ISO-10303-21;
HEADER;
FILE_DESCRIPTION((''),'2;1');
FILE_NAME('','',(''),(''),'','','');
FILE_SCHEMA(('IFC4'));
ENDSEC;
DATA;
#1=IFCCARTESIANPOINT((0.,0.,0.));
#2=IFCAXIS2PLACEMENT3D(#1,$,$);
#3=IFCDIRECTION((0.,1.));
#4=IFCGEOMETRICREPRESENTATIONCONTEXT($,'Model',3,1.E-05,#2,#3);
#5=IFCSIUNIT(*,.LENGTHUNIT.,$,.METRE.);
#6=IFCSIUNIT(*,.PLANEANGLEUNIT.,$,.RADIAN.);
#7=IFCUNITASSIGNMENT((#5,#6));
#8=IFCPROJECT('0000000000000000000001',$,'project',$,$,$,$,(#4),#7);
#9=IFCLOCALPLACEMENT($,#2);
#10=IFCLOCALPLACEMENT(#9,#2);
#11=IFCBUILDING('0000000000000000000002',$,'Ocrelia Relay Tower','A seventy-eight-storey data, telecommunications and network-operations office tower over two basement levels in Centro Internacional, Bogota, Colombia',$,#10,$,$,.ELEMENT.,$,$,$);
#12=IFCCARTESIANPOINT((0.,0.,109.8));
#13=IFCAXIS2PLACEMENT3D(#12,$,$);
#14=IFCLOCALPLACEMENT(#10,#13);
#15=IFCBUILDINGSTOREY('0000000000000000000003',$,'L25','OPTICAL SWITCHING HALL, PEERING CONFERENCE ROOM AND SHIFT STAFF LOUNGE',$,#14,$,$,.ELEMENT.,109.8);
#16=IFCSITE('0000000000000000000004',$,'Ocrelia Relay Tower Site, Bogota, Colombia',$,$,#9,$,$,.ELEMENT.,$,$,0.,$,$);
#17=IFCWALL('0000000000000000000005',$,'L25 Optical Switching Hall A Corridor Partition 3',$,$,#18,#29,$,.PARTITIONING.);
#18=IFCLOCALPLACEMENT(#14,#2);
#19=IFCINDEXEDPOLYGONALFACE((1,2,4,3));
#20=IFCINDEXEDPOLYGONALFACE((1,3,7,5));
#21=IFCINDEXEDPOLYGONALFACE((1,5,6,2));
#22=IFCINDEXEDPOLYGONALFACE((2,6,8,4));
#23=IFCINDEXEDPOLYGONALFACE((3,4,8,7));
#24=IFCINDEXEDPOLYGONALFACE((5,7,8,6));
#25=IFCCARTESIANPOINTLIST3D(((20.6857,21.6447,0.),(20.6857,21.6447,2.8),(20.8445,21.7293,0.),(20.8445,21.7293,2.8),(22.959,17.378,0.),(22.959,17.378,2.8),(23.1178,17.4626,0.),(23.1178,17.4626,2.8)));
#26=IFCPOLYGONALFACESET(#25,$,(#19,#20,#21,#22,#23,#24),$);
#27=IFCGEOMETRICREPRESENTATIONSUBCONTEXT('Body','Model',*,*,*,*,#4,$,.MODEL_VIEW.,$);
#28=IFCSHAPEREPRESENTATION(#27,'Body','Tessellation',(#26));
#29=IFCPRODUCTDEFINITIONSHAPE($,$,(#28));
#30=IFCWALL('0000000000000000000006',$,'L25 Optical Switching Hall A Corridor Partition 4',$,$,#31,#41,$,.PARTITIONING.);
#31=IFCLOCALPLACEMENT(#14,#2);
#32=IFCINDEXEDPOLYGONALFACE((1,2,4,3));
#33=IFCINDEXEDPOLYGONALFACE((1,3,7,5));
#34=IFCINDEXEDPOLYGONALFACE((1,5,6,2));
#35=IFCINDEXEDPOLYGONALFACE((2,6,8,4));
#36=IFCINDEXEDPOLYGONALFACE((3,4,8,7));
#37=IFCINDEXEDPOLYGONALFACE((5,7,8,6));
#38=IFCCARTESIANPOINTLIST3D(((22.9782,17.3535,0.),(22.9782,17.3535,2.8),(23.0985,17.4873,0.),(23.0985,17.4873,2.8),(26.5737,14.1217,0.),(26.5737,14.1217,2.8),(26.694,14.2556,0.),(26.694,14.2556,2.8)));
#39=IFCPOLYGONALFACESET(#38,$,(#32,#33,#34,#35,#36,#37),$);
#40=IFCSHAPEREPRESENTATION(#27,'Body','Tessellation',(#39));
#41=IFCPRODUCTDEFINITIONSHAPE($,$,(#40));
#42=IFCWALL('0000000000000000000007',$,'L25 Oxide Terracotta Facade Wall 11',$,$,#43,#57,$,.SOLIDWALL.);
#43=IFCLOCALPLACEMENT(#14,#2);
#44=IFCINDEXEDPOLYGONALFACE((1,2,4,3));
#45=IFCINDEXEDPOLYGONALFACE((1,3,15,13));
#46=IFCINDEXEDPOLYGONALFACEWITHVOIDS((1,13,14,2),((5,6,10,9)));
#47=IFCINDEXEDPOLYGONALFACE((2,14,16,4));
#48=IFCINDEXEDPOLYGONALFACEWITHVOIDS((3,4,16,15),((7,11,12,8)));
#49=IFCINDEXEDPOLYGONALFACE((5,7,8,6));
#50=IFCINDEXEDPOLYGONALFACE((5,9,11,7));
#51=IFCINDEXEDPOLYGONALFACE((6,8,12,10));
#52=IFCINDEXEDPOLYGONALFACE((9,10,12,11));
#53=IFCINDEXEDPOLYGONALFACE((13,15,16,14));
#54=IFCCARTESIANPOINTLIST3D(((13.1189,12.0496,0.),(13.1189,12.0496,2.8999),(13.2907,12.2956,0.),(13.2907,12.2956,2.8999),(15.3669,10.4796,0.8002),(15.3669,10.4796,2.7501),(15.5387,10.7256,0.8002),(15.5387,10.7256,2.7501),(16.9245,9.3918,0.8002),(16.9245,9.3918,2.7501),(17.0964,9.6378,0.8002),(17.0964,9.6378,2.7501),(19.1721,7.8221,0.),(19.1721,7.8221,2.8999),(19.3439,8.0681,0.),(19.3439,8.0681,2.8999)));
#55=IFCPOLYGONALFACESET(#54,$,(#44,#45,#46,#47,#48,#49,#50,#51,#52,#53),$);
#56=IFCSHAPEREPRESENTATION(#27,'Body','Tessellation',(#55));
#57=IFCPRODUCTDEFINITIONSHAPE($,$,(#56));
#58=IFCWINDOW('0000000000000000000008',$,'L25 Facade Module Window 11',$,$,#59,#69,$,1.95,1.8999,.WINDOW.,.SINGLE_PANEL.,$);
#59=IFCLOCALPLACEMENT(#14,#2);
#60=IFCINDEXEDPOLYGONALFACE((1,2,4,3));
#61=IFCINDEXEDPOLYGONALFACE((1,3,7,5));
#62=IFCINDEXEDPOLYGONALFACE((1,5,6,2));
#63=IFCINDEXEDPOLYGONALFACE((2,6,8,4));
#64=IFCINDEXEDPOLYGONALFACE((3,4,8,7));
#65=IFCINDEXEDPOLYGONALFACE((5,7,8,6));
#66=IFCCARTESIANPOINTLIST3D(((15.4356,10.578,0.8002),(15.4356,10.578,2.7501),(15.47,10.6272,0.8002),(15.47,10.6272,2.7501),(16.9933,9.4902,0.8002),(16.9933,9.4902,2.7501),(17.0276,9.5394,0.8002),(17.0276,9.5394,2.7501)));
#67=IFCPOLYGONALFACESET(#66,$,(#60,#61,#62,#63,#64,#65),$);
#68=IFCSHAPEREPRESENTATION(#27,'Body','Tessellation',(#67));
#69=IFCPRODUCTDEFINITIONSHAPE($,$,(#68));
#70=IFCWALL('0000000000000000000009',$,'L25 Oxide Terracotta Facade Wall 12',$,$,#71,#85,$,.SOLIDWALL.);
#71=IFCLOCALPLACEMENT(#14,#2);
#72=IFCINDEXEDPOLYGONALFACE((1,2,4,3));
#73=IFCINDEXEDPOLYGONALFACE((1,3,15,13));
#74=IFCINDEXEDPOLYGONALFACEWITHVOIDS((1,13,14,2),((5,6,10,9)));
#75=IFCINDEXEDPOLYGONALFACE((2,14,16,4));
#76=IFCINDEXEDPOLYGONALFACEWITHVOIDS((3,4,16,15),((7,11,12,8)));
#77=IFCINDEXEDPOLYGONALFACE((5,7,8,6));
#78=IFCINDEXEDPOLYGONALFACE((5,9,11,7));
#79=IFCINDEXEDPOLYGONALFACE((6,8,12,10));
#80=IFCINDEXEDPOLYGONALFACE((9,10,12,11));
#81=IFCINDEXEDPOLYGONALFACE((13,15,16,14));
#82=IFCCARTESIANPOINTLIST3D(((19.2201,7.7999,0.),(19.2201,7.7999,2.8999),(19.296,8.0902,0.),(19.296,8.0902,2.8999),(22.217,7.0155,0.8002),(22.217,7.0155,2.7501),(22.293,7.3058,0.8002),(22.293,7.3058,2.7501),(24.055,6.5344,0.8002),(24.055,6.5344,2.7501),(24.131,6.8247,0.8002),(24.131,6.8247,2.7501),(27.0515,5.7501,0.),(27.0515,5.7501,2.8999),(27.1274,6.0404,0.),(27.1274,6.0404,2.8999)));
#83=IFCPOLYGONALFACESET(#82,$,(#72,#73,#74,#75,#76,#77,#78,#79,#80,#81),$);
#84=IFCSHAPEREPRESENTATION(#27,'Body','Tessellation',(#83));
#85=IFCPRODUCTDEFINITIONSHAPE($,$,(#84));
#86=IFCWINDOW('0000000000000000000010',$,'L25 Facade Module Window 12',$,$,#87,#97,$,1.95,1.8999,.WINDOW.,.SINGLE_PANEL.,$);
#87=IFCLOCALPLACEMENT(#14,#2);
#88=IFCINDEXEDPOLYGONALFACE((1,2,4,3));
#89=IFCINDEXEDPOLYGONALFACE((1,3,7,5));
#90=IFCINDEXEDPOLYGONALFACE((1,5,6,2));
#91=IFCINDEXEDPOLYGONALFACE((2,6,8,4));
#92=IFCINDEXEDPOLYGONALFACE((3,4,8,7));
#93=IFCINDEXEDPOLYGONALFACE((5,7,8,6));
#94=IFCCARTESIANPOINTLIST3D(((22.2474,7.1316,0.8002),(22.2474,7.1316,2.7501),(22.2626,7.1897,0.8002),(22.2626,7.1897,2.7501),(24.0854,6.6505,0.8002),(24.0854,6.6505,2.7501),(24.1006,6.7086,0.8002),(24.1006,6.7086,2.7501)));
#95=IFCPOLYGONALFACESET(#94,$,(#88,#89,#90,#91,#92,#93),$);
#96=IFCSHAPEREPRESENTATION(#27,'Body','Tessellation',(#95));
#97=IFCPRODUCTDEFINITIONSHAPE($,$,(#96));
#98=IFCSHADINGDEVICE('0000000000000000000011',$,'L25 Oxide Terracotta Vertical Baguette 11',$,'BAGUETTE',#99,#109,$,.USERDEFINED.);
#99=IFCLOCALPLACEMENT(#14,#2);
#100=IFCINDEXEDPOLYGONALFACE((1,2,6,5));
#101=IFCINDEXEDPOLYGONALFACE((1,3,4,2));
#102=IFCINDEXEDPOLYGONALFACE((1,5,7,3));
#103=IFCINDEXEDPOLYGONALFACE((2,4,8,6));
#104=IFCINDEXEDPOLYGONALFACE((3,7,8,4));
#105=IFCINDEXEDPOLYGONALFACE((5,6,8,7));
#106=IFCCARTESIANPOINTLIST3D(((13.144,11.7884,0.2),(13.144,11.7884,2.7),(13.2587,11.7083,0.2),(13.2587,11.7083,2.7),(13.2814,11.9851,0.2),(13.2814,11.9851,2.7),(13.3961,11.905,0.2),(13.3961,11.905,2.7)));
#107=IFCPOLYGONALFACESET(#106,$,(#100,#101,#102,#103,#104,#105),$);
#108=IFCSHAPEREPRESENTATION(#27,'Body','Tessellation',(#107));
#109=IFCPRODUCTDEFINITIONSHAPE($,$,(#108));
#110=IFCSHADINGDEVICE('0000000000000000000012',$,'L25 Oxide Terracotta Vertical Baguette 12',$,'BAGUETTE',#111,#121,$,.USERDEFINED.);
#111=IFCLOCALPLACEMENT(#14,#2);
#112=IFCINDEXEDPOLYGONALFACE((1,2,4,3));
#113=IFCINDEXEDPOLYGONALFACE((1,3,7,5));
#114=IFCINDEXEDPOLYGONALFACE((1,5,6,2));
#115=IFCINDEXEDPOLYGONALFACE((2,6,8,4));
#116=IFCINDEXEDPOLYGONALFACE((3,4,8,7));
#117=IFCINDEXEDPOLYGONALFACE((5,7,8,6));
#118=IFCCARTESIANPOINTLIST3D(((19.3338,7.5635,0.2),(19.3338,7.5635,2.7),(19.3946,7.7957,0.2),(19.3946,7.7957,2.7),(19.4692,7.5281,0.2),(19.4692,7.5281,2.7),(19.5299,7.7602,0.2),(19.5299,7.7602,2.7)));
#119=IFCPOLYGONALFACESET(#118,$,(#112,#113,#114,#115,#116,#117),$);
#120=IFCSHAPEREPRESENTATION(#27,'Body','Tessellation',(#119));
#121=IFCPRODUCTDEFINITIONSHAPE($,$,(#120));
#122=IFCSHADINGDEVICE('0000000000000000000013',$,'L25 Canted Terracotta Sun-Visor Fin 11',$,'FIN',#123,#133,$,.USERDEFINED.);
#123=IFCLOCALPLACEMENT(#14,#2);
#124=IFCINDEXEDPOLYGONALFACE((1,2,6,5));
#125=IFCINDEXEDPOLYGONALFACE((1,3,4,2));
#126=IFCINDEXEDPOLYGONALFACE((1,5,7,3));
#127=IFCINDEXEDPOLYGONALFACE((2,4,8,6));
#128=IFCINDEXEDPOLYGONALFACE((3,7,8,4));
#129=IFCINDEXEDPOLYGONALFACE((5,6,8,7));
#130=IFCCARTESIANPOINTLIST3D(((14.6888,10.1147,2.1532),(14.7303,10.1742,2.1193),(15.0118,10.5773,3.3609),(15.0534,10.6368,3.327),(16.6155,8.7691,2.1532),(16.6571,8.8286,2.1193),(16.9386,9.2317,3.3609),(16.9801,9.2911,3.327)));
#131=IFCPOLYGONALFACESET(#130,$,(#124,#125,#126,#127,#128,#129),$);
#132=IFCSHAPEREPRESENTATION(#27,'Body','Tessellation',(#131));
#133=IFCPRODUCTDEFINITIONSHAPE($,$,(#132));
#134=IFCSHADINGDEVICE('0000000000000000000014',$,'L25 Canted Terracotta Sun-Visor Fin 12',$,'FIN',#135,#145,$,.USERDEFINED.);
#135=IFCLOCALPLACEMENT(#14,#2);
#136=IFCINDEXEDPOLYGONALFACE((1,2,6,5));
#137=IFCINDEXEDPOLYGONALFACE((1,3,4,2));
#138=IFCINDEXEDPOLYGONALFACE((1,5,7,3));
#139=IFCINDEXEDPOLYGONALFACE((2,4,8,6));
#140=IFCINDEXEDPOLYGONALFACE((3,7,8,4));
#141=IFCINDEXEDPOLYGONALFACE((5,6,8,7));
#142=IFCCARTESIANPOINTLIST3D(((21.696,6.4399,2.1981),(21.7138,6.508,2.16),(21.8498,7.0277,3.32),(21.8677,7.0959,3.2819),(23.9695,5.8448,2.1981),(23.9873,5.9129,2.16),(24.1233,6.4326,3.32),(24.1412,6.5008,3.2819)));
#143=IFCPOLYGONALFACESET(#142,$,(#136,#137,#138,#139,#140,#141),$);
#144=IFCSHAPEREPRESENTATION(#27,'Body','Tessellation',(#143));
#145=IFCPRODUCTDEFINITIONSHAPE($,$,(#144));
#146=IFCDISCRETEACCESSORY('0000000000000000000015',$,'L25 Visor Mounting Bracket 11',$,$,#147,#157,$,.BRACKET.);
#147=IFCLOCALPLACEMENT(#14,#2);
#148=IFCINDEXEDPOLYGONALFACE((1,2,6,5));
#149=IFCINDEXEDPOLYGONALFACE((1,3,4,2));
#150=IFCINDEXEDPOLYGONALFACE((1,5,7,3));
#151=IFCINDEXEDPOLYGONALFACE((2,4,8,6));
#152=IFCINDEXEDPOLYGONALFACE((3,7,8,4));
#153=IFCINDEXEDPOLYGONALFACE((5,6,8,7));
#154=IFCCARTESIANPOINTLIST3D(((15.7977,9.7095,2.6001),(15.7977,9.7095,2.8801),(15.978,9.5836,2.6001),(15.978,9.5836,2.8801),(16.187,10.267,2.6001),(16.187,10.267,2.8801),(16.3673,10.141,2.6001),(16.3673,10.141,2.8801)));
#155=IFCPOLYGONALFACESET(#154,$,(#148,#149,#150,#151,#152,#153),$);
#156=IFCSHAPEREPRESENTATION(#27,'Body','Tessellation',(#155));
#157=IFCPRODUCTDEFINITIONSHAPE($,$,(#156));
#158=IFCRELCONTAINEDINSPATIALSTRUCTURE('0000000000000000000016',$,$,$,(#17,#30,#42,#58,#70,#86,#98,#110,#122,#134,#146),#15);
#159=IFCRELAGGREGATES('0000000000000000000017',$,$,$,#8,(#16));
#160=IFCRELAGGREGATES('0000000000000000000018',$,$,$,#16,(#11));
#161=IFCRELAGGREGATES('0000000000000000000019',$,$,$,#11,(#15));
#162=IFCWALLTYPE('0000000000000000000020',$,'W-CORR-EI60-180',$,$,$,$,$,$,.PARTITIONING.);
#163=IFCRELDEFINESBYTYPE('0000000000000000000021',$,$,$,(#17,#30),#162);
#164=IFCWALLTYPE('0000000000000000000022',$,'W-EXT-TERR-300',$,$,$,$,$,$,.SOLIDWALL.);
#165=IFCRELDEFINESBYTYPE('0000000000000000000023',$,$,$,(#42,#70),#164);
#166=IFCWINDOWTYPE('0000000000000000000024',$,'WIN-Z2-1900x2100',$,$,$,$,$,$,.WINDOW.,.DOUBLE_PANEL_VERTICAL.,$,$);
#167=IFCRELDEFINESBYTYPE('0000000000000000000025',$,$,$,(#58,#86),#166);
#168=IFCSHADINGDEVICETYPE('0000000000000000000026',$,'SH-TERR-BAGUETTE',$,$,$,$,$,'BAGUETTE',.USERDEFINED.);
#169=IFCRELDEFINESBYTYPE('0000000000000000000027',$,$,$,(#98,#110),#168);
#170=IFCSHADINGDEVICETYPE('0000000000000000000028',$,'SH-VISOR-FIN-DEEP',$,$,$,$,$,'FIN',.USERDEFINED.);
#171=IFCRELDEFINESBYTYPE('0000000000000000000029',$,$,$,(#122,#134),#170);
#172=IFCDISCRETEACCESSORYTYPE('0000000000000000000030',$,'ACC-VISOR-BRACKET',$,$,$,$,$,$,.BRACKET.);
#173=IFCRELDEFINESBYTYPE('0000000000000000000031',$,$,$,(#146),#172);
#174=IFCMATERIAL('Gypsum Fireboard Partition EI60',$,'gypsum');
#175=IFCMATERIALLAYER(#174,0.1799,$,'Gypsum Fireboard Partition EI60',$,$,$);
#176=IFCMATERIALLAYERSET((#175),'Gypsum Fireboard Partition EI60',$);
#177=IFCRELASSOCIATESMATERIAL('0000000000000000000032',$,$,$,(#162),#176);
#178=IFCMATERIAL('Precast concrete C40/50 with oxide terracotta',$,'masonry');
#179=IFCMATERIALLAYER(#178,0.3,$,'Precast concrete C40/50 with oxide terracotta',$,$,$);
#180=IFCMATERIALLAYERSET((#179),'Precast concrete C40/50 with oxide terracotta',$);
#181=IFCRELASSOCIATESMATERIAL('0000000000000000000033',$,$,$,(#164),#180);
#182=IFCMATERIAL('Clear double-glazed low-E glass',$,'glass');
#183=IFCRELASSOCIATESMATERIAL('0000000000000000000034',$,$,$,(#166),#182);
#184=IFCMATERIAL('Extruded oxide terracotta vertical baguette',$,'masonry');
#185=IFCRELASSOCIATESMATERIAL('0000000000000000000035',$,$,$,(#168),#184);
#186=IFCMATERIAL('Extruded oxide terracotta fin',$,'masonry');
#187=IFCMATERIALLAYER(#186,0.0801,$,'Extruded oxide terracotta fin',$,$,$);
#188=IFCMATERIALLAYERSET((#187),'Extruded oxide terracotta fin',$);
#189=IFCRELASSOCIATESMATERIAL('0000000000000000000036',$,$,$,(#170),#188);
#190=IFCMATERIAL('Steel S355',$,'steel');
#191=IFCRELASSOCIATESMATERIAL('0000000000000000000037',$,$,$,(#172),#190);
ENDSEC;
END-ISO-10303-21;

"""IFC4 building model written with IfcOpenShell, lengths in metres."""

from ifc_helpers import new_model, si_unit, direction, frame, frame_2d, origin, origin_2d, place, context, subcontext, project, spatial, rectangle, extrude, material, layer, layer_set, type_object, element, fill, save


model = new_model("IFC4")

# Units and contexts
model_context = context("Model", 3, precision=1e-05, world=origin(), true_north=direction((0.0, 1.0)))
body_context = subcontext(model_context, "Body", "Model", "MODEL_VIEW")
ifc_project = project(units=[si_unit("LENGTHUNIT", "METRE"), si_unit("PLANEANGLEUNIT", "RADIAN")], contexts=[model_context])

# Site, building, storey
site_placement = place(None, origin())
site = spatial("IfcSite", under=ifc_project, at=site_placement, Name="Ocrelia Relay Tower Site, Bogota, Colombia", CompositionType="ELEMENT", RefElevation=0.0)
building_placement = place(site_placement, origin())
building = spatial("IfcBuilding", under=site, at=building_placement, Name="Ocrelia Relay Tower", Description="A seventy-eight-storey data, telecommunications and network-operations office tower over two basement levels in Centro Internacional, Bogota, Colombia", CompositionType="ELEMENT")
storey_placement = place(building_placement, frame((0.0, 0.0, 109.8)))
storey = spatial("IfcBuildingStorey", under=building, at=storey_placement, Name="L25", Description="OPTICAL SWITCHING HALL, PEERING CONFERENCE ROOM AND SHIFT STAFF LOUNGE", CompositionType="ELEMENT", Elevation=109.8)

# Shared definitions
ifc_material_1 = material(Name="Steel S355", Category="steel")

# Shared definitions
ifc_material_2 = material(Name="Clear double-glazed low-E glass", Category="glass")

# Walls
ifc_material_3 = material(Name="Gypsum Fireboard Partition EI60", Category="gypsum")
ifc_layer_1 = layer(ifc_material_3, 0.1799, Name="Gypsum Fireboard Partition EI60")
ifc_layer_set_1 = layer_set([ifc_layer_1], Name="Gypsum Fireboard Partition EI60")
wall_type_1 = type_object("IfcWallType", Name="W-CORR-EI60-180", PredefinedType="PARTITIONING", material=ifc_layer_set_1)
for number, where, z_axis, x_axis, name in (
    (1, (20.7651, 21.687, 0.0), (0.0, 0.0, 1.0), (0.470213, -0.882553, 0.0), "L25 Optical Switching Hall A Corridor Partition 3"),
    (2, (23.0383, 17.4204, 0.0), (0.0, 0.0, 1.0), (0.743728, -0.668482, 0.0), "L25 Optical Switching Hall A Corridor Partition 4"),
):
    element("IfcWall", number, at=place(storey_placement, frame(where, z_axis=z_axis, x_axis=x_axis)), inside=storey, type_object=wall_type_1, Name=name, PredefinedType="PARTITIONING", context=body_context, shape_type="SweptSolid", body=[
        extrude(rectangle(XDim=4.8345, YDim=0.1799, at=frame_2d((2.4172, 0.0))), origin(), (0.0, 0.0, 1.0), 2.8),
    ])

# Walls, openings, windows
ifc_material_4 = material(Name="Precast concrete C40/50 with oxide terracotta", Category="masonry")
ifc_layer_2 = layer(ifc_material_4, 0.3, Name="Precast concrete C40/50 with oxide terracotta")
ifc_layer_set_2 = layer_set([ifc_layer_2], Name="Precast concrete C40/50 with oxide terracotta")
wall_type_2 = type_object("IfcWallType", Name="W-EXT-TERR-300", PredefinedType="SOLIDWALL", material=ifc_layer_set_2)
wall_1_placement = place(storey_placement, frame((13.2048, 12.1726, 0.0), z_axis=(0.0, 0.0, 1.0), x_axis=(0.81985, -0.572579, 0.0)))
wall_1 = element("IfcWall", 3, at=wall_1_placement, inside=storey, type_object=wall_type_2, Name="L25 Oxide Terracotta Facade Wall 11", PredefinedType="SOLIDWALL", context=body_context, shape_type="SweptSolid", body=[
    extrude(rectangle(XDim=7.3833, YDim=0.3, at=frame_2d((3.6917, 0.0))), origin(), (0.0, 0.0, 1.0), 2.8999),
])
opening_1_placement = place(wall_1_placement, frame((2.7419, 0.0, 0.8)))
opening_1 = element("IfcOpeningElement", 4, at=opening_1_placement, cuts=wall_1, PredefinedType="OPENING", context=body_context, shape_type="SweptSolid", body=[
    extrude(rectangle(XDim=1.8999, YDim=1.95, at=frame_2d((0.95, 0.9751))), frame((0.0, 0.1602, 0.0), z_axis=(0.0, -1.0, 0.0), x_axis=(1.0, 0.0, 0.0)), (0.0, 0.0, 1.0), 0.3201),
])
window_type = type_object("IfcWindowType", Name="WIN-Z2-1900x2100", PartitioningType="DOUBLE_PANEL_VERTICAL", PredefinedType="WINDOW", material=ifc_material_2)
window_1_placement = place(opening_1_placement, origin())
window_1 = element("IfcWindow", 5, at=window_1_placement, inside=storey, type_object=window_type, Name="L25 Facade Module Window 11", OverallHeight=1.95, OverallWidth=1.8999, PartitioningType="SINGLE_PANEL", PredefinedType="WINDOW", context=body_context, shape_type="SweptSolid", body=[
    extrude(rectangle(XDim=1.8999, YDim=1.95, at=frame_2d((0.95, 0.9751))), frame((0.0, 0.03, 0.0), z_axis=(0.0, -1.0, 0.0), x_axis=(1.0, 0.0, 0.0)), (0.0, 0.0, 1.0), 0.0601),
])
fill(opening_1, window_1)
wall_2_placement = place(storey_placement, frame((19.2581, 7.9451, 0.0), z_axis=(0.0, 0.0, 1.0), x_axis=(0.96741, -0.253215, 0.0)))
wall_2 = element("IfcWall", 6, at=wall_2_placement, inside=storey, type_object=wall_type_2, Name="L25 Oxide Terracotta Facade Wall 12", PredefinedType="SOLIDWALL", context=body_context, shape_type="SweptSolid", body=[
    extrude(rectangle(XDim=8.0952, YDim=0.3, at=frame_2d((4.0476, 0.0))), origin(), (0.0, 0.0, 1.0), 2.8999),
])
opening_2_placement = place(wall_2_placement, frame((3.0979, 0.0, 0.8)))
opening_2 = element("IfcOpeningElement", 7, at=opening_2_placement, cuts=wall_2, PredefinedType="OPENING", context=body_context, shape_type="SweptSolid", body=[
    extrude(rectangle(XDim=1.8999, YDim=1.95, at=frame_2d((0.95, 0.9751))), frame((0.0, 0.1602, 0.0), z_axis=(0.0, -1.0, 0.0), x_axis=(1.0, 0.0, 0.0)), (0.0, 0.0, 1.0), 0.3201),
])
window_2_placement = place(opening_2_placement, origin())
window_2 = element("IfcWindow", 8, at=window_2_placement, inside=storey, type_object=window_type, Name="L25 Facade Module Window 12", OverallHeight=1.95, OverallWidth=1.8999, PartitioningType="SINGLE_PANEL", PredefinedType="WINDOW", context=body_context, shape_type="SweptSolid", body=[
    extrude(rectangle(XDim=1.8999, YDim=1.95, at=frame_2d((0.95, 0.9751))), frame((0.0, 0.03, 0.0), z_axis=(0.0, -1.0, 0.0), x_axis=(1.0, 0.0, 0.0)), (0.0, 0.0, 1.0), 0.0601),
])
fill(opening_2, window_2)

# Shading devices
ifc_material_5 = material(Name="Extruded oxide terracotta vertical baguette", Category="masonry")
shading_device_type_1 = type_object("IfcShadingDeviceType", Name="SH-TERR-BAGUETTE", ElementType="BAGUETTE", PredefinedType="USERDEFINED", material=ifc_material_5)
for number, where, z_axis, x_axis, name in (
    (9, (13.27, 11.8467, 0.2), (0.0, 0.0, 1.0), (0.819851, -0.572577, 0.0), "L25 Oxide Terracotta Vertical Baguette 11"),
    (10, (19.4319, 7.6619, 0.2), (0.0, 0.0, 1.0), (0.967407, -0.253226, 0.0), "L25 Oxide Terracotta Vertical Baguette 12"),
):
    element("IfcShadingDevice", number, at=place(storey_placement, frame(where, z_axis=z_axis, x_axis=x_axis)), inside=storey, type_object=shading_device_type_1, Name=name, ObjectType="BAGUETTE", PredefinedType="USERDEFINED", context=body_context, shape_type="SweptSolid", body=[
        extrude(rectangle(XDim=0.1399, YDim=0.24, at=origin_2d()), origin(), (0.0, 0.0, 1.0), 2.5),
    ])
ifc_material_6 = material(Name="Extruded oxide terracotta fin", Category="masonry")
ifc_layer_3 = layer(ifc_material_6, 0.0801, Name="Extruded oxide terracotta fin")
ifc_layer_set_3 = layer_set([ifc_layer_3], Name="Extruded oxide terracotta fin")
shading_device_type_2 = type_object("IfcShadingDeviceType", Name="SH-VISOR-FIN-DEEP", ElementType="FIN", PredefinedType="USERDEFINED", material=ifc_layer_set_3)
shading_device_1_placement = place(storey_placement, frame((15.8552, 9.7327, 2.7231), z_axis=(-0.518762, -0.742795, 0.423251), x_axis=(0.819851, -0.572577, 0.0)))
element("IfcShadingDevice", 11, at=shading_device_1_placement, inside=storey, type_object=shading_device_type_2, Name="L25 Canted Terracotta Sun-Visor Fin 11", ObjectType="FIN", PredefinedType="USERDEFINED", context=body_context, shape_type="SweptSolid", body=[
    extrude(rectangle(XDim=2.3501, YDim=1.333, at=origin_2d()), origin(), (0.0, 0.0, 1.0), 0.0801),
])
shading_device_2_placement = place(storey_placement, frame((22.9275, 6.5044, 2.7209), z_axis=(-0.222666, -0.850657, 0.476238), x_axis=(0.967407, -0.253226, 0.0)))
element("IfcShadingDevice", 12, at=shading_device_2_placement, inside=storey, type_object=shading_device_type_2, Name="L25 Canted Terracotta Sun-Visor Fin 12", ObjectType="FIN", PredefinedType="USERDEFINED", context=body_context, shape_type="SweptSolid", body=[
    extrude(rectangle(XDim=2.3501, YDim=1.2759, at=origin_2d()), origin(), (0.0, 0.0, 1.0), 0.0801),
])

# Discrete accessory
discrete_accessory_type = type_object("IfcDiscreteAccessoryType", Name="ACC-VISOR-BRACKET", PredefinedType="BRACKET", material=ifc_material_1)
discrete_accessory_placement = place(storey_placement, frame((16.0825, 9.9253, 2.6001), z_axis=(0.0, 0.0, 1.0), x_axis=(0.819851, -0.572577, 0.0)))
element("IfcDiscreteAccessory", 13, at=discrete_accessory_placement, inside=storey, type_object=discrete_accessory_type, Name="L25 Visor Mounting Bracket 11", PredefinedType="BRACKET", context=body_context, shape_type="SweptSolid", body=[
    extrude(rectangle(XDim=0.22, YDim=0.6799, at=origin_2d()), origin(), (0.0, 0.0, 1.0), 0.28),
])

save(model, "model.ifc")
